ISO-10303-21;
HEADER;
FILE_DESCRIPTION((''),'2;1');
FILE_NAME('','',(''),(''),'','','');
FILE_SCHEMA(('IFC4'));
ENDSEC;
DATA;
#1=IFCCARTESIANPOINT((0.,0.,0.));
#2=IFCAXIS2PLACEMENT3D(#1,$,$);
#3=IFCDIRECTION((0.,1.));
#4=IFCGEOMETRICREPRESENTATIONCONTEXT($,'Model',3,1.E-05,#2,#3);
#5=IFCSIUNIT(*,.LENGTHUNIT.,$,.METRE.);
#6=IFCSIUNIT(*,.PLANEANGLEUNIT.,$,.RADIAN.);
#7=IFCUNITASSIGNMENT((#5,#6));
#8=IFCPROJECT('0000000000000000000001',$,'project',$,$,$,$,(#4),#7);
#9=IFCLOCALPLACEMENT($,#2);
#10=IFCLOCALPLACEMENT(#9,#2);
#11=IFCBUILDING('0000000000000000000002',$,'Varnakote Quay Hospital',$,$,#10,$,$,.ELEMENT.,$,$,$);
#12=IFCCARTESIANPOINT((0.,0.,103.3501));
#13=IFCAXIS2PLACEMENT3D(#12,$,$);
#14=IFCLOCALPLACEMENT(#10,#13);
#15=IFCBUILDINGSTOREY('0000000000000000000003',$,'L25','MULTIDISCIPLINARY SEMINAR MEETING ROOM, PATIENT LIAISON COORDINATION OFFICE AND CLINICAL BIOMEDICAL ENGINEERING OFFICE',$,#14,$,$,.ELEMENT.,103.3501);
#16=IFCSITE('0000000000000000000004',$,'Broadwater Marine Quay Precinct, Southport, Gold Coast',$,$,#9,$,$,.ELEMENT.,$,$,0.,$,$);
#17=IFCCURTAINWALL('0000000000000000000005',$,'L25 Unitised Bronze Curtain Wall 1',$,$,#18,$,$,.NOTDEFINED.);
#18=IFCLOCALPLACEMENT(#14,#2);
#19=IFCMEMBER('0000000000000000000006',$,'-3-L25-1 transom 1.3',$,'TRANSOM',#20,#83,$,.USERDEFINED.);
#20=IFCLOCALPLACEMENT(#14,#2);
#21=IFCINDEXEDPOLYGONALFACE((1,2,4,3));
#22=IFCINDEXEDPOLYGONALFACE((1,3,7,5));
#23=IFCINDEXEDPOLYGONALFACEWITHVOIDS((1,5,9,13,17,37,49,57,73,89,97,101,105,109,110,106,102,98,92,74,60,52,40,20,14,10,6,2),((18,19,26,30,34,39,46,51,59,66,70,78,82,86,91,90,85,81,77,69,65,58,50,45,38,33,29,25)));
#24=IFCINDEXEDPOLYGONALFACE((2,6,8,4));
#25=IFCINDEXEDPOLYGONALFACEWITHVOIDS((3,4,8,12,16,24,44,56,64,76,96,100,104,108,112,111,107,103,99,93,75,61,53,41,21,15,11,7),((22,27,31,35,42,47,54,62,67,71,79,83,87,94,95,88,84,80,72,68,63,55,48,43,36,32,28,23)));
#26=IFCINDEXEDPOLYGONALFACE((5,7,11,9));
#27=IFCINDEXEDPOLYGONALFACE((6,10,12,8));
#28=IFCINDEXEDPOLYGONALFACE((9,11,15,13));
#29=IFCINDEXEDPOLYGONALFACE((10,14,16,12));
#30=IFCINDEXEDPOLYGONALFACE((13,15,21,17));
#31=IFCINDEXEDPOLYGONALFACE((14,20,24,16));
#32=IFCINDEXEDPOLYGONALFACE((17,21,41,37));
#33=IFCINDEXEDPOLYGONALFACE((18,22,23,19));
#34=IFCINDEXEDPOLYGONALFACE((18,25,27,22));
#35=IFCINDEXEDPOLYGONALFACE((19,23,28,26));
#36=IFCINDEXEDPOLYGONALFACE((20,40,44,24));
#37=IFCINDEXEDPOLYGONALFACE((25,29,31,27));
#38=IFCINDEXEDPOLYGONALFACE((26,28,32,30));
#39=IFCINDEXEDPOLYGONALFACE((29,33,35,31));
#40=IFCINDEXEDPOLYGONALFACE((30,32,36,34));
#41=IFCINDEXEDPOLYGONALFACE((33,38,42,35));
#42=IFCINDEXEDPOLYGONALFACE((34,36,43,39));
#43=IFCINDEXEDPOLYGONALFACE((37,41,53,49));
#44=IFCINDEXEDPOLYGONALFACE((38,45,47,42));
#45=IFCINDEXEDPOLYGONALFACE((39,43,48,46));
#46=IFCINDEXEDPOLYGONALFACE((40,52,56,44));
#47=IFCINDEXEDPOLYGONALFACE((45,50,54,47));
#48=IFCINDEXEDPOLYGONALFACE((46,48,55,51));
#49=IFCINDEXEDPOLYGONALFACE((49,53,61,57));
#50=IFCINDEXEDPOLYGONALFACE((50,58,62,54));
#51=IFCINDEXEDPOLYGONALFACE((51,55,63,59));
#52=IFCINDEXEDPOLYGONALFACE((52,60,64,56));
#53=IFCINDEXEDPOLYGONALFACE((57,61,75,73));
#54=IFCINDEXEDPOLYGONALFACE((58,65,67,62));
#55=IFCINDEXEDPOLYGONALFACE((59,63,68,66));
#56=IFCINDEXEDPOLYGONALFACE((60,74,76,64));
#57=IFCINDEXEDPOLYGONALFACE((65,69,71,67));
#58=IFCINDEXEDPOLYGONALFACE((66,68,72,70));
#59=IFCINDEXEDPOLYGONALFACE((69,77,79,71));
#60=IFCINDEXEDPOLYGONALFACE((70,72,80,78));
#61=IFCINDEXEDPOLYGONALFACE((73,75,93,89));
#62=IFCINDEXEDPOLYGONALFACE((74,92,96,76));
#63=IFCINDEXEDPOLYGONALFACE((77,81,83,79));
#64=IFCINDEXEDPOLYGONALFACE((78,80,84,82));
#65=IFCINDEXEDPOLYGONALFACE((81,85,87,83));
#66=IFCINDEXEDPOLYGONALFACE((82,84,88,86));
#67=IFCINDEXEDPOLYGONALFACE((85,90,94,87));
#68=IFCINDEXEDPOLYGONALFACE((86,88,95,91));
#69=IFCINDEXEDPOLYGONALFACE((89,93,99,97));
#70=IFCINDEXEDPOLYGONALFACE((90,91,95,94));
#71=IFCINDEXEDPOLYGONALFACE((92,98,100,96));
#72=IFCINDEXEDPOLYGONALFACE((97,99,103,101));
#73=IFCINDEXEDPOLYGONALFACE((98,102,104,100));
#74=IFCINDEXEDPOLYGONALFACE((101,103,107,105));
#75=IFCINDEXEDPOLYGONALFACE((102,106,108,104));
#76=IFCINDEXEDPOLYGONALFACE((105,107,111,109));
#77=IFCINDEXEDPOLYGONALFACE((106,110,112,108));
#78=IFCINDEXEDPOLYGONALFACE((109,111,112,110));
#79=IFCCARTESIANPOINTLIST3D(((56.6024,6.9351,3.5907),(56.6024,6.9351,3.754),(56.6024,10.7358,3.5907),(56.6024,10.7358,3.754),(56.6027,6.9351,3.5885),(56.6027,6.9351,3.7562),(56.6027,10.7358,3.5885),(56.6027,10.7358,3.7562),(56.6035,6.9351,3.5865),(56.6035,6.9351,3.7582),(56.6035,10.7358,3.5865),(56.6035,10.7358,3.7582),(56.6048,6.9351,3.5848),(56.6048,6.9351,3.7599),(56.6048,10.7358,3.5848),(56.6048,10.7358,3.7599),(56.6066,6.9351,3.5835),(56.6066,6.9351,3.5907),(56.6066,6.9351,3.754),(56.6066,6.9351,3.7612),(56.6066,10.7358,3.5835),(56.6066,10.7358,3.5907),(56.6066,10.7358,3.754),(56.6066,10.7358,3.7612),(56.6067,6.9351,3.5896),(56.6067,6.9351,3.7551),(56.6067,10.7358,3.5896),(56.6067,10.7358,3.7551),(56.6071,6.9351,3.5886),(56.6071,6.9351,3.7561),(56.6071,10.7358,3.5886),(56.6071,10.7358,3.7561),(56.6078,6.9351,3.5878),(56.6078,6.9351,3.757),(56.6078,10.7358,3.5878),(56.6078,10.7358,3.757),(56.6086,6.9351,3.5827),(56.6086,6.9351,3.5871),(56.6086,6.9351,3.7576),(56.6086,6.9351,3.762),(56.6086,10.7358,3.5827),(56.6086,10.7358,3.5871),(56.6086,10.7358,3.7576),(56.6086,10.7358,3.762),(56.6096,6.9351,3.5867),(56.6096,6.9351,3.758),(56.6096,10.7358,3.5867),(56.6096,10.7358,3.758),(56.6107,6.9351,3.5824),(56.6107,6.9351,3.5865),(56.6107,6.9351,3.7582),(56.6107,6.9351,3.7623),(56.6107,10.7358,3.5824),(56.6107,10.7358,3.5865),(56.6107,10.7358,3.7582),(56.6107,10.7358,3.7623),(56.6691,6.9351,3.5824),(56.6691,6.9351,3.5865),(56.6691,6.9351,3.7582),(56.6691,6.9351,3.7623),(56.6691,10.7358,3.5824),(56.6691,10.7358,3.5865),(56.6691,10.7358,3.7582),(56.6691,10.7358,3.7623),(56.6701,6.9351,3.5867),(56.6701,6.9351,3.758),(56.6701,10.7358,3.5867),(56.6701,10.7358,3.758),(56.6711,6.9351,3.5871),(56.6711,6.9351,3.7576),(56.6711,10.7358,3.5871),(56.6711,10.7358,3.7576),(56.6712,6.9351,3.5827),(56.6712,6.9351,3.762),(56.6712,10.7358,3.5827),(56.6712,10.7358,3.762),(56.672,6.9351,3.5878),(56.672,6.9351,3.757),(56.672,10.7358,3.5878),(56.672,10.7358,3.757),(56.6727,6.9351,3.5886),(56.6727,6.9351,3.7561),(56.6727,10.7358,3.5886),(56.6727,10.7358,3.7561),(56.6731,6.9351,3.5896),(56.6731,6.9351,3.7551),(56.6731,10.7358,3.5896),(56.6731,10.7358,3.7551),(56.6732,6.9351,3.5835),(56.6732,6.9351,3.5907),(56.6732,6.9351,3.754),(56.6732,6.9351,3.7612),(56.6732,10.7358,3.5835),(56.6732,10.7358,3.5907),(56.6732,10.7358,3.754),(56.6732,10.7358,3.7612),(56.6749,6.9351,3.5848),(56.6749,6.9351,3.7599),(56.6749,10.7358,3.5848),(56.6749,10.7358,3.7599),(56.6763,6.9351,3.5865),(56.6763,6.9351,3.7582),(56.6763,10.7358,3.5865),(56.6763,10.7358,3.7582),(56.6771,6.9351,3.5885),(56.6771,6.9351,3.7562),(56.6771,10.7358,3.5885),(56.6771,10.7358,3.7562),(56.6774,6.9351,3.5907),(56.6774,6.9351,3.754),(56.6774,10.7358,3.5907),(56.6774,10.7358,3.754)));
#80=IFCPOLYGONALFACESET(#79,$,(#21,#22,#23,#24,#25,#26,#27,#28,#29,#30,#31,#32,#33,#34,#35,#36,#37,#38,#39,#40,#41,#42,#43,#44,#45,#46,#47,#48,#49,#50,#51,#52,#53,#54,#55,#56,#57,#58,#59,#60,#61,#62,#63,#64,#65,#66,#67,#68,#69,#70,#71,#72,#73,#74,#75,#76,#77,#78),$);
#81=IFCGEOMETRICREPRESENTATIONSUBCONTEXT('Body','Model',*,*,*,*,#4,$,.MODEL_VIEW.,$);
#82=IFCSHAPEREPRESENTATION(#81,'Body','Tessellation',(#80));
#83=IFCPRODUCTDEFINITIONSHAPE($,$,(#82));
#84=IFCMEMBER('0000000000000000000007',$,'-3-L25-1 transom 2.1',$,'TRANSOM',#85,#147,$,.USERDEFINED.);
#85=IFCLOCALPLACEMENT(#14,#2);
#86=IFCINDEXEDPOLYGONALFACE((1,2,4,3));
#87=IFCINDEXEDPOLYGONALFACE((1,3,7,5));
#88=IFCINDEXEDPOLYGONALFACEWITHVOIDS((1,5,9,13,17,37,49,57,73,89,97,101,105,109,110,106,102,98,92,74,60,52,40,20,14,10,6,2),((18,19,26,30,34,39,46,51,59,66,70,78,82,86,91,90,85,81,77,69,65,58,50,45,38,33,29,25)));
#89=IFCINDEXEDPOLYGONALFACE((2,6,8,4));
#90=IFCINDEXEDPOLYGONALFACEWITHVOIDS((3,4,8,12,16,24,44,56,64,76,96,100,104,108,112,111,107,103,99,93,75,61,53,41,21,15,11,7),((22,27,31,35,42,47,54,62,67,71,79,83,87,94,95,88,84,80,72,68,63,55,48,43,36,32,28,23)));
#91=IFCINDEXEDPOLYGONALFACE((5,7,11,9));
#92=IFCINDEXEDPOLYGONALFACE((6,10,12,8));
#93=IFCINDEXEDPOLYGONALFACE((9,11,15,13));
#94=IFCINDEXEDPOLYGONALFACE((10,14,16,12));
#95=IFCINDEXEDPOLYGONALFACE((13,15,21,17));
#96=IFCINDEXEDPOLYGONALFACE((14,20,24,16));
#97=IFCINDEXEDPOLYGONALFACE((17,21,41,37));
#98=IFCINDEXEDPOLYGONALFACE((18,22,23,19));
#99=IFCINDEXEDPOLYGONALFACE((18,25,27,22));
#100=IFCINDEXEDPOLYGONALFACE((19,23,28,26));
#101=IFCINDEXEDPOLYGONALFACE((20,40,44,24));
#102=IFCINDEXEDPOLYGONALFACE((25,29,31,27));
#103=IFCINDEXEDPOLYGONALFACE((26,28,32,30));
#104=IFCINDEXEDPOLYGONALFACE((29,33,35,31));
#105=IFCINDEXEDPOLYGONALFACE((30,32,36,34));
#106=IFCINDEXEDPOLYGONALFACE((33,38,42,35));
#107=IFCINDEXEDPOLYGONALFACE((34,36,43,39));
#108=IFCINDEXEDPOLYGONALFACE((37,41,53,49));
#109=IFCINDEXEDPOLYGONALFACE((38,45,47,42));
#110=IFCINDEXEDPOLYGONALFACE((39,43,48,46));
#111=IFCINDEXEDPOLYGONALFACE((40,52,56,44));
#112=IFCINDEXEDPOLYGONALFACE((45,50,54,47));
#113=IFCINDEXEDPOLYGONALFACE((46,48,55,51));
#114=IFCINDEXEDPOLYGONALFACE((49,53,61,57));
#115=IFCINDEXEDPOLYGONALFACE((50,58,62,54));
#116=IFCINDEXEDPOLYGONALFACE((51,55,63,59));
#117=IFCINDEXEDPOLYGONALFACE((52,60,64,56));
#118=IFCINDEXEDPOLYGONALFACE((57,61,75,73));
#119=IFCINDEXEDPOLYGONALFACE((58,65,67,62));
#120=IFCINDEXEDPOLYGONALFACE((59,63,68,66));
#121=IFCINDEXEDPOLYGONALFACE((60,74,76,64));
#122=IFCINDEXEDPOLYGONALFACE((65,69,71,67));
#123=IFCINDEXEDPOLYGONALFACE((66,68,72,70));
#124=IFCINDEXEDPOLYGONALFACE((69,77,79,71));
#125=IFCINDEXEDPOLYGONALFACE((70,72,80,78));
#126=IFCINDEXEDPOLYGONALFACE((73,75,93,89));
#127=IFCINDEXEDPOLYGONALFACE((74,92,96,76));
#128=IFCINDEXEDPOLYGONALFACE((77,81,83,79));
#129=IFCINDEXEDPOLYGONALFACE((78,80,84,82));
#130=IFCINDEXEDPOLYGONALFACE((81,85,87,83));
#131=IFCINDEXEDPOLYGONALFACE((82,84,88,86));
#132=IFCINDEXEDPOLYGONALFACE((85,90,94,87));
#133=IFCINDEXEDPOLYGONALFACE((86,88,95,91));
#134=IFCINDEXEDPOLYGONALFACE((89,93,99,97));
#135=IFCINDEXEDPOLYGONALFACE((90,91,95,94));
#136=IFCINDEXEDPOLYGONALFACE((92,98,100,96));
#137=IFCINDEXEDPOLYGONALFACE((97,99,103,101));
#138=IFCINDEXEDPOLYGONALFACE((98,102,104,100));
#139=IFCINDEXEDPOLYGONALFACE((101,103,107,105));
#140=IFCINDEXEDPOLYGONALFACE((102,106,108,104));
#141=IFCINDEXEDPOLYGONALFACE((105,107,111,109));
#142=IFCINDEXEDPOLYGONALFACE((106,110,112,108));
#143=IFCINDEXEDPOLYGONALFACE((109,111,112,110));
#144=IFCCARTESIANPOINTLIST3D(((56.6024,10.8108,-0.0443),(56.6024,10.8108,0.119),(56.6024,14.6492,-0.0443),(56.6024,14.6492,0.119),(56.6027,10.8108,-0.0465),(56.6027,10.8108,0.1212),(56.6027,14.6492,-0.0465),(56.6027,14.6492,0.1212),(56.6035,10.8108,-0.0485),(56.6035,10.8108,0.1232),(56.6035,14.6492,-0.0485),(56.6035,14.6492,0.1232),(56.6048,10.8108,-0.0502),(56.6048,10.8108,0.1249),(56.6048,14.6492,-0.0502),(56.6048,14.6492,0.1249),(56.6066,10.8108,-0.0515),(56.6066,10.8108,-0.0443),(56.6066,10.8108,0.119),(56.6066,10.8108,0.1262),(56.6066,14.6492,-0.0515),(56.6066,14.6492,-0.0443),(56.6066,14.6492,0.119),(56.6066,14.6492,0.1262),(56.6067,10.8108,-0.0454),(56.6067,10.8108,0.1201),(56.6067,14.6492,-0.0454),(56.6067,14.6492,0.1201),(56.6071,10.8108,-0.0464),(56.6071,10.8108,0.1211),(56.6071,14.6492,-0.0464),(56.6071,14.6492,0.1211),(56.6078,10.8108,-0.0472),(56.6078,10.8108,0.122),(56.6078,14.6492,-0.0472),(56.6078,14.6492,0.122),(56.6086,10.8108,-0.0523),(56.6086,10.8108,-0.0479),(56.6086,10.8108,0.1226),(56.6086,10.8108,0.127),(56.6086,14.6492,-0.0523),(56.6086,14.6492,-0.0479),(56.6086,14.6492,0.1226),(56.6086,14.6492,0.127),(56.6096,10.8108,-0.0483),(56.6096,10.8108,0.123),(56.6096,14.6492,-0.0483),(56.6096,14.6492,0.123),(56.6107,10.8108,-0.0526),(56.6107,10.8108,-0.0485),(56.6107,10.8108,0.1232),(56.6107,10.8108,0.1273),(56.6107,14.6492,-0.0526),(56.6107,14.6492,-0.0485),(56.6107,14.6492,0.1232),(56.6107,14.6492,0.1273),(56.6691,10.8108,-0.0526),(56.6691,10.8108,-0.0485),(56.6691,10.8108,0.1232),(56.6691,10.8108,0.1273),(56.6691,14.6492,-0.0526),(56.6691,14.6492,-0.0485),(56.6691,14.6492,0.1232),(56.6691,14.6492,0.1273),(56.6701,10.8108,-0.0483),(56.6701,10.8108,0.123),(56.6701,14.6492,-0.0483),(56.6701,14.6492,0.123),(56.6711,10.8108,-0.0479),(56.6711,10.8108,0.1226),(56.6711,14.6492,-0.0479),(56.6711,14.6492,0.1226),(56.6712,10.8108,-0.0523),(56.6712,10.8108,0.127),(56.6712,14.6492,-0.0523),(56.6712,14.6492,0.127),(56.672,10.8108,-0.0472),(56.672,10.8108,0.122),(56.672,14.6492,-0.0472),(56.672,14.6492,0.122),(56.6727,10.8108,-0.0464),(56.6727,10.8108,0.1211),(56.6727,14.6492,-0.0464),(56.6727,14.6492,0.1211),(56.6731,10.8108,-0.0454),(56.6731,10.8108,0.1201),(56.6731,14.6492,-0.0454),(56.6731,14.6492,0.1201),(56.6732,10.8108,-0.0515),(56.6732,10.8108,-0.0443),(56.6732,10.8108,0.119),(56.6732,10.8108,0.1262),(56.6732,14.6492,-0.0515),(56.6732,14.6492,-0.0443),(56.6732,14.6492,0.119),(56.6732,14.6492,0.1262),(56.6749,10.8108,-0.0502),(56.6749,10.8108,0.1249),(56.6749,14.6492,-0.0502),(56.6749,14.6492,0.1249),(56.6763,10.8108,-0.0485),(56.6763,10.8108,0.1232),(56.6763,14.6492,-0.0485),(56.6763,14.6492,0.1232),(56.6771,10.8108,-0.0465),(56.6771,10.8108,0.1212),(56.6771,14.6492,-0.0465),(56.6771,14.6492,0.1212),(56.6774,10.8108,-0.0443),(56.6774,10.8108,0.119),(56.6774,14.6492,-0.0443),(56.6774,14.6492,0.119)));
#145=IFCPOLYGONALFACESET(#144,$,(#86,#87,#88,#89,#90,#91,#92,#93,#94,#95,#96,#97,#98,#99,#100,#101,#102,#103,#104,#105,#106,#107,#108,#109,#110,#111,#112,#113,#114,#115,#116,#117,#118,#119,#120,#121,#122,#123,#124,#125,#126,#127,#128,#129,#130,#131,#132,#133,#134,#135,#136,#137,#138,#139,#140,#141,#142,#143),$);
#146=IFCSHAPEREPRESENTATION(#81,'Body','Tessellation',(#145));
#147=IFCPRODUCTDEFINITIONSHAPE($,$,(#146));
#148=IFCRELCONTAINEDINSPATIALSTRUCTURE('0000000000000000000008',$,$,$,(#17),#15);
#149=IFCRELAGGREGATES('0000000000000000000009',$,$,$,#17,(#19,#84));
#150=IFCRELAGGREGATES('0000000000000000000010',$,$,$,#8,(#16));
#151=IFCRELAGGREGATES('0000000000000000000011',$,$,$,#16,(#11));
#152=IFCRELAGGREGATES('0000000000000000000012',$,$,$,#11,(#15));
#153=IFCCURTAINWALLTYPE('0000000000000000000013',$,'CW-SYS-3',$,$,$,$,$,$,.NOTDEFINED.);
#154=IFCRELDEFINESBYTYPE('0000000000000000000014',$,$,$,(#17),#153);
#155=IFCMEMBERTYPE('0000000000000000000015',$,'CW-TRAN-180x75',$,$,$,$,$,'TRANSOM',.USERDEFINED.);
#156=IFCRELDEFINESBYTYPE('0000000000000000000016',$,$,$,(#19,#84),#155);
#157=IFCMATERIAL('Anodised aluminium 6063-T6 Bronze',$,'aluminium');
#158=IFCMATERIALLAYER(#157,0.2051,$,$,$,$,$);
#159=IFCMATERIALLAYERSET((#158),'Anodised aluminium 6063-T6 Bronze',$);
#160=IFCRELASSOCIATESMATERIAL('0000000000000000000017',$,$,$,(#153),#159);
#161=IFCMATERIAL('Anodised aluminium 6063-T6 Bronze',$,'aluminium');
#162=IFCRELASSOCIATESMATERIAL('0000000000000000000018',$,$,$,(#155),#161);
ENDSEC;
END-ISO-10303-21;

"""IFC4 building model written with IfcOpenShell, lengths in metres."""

from ifc_helpers import new_model, si_unit, direction, frame, origin, origin_2d, place, context, subcontext, project, spatial, hollow_rectangle, extrude, material, layer, layer_set, material_profile, profile_set, type_object, element, aggregate, save


model = new_model("IFC4")

# Units and contexts
model_context = context("Model", 3, precision=1e-05, world=origin(), true_north=direction((0.0, 1.0)))
body_context = subcontext(model_context, "Body", "Model", "MODEL_VIEW")
ifc_project = project(units=[si_unit("LENGTHUNIT", "METRE"), si_unit("PLANEANGLEUNIT", "RADIAN")], contexts=[model_context])

# Site, building, storey
site_placement = place(None, origin())
site = spatial("IfcSite", under=ifc_project, at=site_placement, Name="Broadwater Marine Quay Precinct, Southport, Gold Coast", CompositionType="ELEMENT", RefElevation=0.0)
building_placement = place(site_placement, origin())
building = spatial("IfcBuilding", under=site, at=building_placement, Name="Varnakote Quay Hospital", CompositionType="ELEMENT")
storey_placement = place(building_placement, frame((0.0, 0.0, 103.3501)))
storey = spatial("IfcBuildingStorey", under=building, at=storey_placement, Name="L25", Description="MULTIDISCIPLINARY SEMINAR MEETING ROOM, PATIENT LIAISON COORDINATION OFFICE AND CLINICAL BIOMEDICAL ENGINEERING OFFICE", CompositionType="ELEMENT", Elevation=103.3501)

# Curtain wall, members
ifc_material_1 = material(Name="Anodised aluminium 6063-T6 Bronze", Category="aluminium")
ifc_layer_1 = layer(ifc_material_1, 0.2051)
ifc_layer_set_1 = layer_set([ifc_layer_1], Name="Anodised aluminium 6063-T6 Bronze")
curtain_wall_type = type_object("IfcCurtainWallType", Name="CW-SYS-3", PredefinedType="NOTDEFINED", material=ifc_layer_set_1)
curtain_wall_placement = place(storey_placement, origin())
curtain_wall = element("IfcCurtainWall", 1, at=curtain_wall_placement, inside=storey, type_object=curtain_wall_type, Name="L25 Unitised Bronze Curtain Wall 1", PredefinedType="NOTDEFINED")
ifc_material_2 = material(Name="Anodised aluminium 6063-T6 Bronze", Category="aluminium")
ifc_material_profile_1 = material_profile(ifc_material_2, hollow_rectangle(XDim=0.075, YDim=0.1799, WallThickness=0.0042, InnerFilletRadius=0.0042, OuterFilletRadius=0.0083, at=origin_2d()), Name="CW-TRAN-180x75")
ifc_profile_set_1 = profile_set([ifc_material_profile_1], Name="Anodised aluminium 6063-T6 Bronze")
member_type_1 = type_object("IfcMemberType", Name="CW-TRAN-180x75", ElementType="TRANSOM", PredefinedType="USERDEFINED", material=ifc_profile_set_1)
member_1_placement = place(storey_placement, frame((56.6399, 6.9351, 3.6724), z_axis=(0.0, 1.0, 0.0), x_axis=(-1.0, 0.0, 0.0)))
member_1 = element("IfcMember", 2, at=member_1_placement, type_object=member_type_1, Name="-3-L25-1 transom 1.3", ObjectType="TRANSOM", PredefinedType="USERDEFINED", context=body_context, shape_type="SweptSolid", body=[
    extrude(hollow_rectangle(XDim=0.075, YDim=0.1799, WallThickness=0.0042, InnerFilletRadius=0.0042, OuterFilletRadius=0.0083, at=origin_2d()), origin(), (0.0, 0.0, 1.0), 3.8008),
])
member_2_placement = place(storey_placement, frame((56.6399, 10.8108, 0.0374), z_axis=(0.0, 1.0, 0.0), x_axis=(-1.0, 0.0, 0.0)))
member_2 = element("IfcMember", 3, at=member_2_placement, type_object=member_type_1, Name="-3-L25-1 transom 2.1", ObjectType="TRANSOM", PredefinedType="USERDEFINED", context=body_context, shape_type="SweptSolid", body=[
    extrude(hollow_rectangle(XDim=0.075, YDim=0.1799, WallThickness=0.0042, InnerFilletRadius=0.0042, OuterFilletRadius=0.0083, at=origin_2d()), origin(), (0.0, 0.0, 1.0), 3.8384),
])
aggregate(curtain_wall, [member_1, member_2])

save(model, "model.ifc")
